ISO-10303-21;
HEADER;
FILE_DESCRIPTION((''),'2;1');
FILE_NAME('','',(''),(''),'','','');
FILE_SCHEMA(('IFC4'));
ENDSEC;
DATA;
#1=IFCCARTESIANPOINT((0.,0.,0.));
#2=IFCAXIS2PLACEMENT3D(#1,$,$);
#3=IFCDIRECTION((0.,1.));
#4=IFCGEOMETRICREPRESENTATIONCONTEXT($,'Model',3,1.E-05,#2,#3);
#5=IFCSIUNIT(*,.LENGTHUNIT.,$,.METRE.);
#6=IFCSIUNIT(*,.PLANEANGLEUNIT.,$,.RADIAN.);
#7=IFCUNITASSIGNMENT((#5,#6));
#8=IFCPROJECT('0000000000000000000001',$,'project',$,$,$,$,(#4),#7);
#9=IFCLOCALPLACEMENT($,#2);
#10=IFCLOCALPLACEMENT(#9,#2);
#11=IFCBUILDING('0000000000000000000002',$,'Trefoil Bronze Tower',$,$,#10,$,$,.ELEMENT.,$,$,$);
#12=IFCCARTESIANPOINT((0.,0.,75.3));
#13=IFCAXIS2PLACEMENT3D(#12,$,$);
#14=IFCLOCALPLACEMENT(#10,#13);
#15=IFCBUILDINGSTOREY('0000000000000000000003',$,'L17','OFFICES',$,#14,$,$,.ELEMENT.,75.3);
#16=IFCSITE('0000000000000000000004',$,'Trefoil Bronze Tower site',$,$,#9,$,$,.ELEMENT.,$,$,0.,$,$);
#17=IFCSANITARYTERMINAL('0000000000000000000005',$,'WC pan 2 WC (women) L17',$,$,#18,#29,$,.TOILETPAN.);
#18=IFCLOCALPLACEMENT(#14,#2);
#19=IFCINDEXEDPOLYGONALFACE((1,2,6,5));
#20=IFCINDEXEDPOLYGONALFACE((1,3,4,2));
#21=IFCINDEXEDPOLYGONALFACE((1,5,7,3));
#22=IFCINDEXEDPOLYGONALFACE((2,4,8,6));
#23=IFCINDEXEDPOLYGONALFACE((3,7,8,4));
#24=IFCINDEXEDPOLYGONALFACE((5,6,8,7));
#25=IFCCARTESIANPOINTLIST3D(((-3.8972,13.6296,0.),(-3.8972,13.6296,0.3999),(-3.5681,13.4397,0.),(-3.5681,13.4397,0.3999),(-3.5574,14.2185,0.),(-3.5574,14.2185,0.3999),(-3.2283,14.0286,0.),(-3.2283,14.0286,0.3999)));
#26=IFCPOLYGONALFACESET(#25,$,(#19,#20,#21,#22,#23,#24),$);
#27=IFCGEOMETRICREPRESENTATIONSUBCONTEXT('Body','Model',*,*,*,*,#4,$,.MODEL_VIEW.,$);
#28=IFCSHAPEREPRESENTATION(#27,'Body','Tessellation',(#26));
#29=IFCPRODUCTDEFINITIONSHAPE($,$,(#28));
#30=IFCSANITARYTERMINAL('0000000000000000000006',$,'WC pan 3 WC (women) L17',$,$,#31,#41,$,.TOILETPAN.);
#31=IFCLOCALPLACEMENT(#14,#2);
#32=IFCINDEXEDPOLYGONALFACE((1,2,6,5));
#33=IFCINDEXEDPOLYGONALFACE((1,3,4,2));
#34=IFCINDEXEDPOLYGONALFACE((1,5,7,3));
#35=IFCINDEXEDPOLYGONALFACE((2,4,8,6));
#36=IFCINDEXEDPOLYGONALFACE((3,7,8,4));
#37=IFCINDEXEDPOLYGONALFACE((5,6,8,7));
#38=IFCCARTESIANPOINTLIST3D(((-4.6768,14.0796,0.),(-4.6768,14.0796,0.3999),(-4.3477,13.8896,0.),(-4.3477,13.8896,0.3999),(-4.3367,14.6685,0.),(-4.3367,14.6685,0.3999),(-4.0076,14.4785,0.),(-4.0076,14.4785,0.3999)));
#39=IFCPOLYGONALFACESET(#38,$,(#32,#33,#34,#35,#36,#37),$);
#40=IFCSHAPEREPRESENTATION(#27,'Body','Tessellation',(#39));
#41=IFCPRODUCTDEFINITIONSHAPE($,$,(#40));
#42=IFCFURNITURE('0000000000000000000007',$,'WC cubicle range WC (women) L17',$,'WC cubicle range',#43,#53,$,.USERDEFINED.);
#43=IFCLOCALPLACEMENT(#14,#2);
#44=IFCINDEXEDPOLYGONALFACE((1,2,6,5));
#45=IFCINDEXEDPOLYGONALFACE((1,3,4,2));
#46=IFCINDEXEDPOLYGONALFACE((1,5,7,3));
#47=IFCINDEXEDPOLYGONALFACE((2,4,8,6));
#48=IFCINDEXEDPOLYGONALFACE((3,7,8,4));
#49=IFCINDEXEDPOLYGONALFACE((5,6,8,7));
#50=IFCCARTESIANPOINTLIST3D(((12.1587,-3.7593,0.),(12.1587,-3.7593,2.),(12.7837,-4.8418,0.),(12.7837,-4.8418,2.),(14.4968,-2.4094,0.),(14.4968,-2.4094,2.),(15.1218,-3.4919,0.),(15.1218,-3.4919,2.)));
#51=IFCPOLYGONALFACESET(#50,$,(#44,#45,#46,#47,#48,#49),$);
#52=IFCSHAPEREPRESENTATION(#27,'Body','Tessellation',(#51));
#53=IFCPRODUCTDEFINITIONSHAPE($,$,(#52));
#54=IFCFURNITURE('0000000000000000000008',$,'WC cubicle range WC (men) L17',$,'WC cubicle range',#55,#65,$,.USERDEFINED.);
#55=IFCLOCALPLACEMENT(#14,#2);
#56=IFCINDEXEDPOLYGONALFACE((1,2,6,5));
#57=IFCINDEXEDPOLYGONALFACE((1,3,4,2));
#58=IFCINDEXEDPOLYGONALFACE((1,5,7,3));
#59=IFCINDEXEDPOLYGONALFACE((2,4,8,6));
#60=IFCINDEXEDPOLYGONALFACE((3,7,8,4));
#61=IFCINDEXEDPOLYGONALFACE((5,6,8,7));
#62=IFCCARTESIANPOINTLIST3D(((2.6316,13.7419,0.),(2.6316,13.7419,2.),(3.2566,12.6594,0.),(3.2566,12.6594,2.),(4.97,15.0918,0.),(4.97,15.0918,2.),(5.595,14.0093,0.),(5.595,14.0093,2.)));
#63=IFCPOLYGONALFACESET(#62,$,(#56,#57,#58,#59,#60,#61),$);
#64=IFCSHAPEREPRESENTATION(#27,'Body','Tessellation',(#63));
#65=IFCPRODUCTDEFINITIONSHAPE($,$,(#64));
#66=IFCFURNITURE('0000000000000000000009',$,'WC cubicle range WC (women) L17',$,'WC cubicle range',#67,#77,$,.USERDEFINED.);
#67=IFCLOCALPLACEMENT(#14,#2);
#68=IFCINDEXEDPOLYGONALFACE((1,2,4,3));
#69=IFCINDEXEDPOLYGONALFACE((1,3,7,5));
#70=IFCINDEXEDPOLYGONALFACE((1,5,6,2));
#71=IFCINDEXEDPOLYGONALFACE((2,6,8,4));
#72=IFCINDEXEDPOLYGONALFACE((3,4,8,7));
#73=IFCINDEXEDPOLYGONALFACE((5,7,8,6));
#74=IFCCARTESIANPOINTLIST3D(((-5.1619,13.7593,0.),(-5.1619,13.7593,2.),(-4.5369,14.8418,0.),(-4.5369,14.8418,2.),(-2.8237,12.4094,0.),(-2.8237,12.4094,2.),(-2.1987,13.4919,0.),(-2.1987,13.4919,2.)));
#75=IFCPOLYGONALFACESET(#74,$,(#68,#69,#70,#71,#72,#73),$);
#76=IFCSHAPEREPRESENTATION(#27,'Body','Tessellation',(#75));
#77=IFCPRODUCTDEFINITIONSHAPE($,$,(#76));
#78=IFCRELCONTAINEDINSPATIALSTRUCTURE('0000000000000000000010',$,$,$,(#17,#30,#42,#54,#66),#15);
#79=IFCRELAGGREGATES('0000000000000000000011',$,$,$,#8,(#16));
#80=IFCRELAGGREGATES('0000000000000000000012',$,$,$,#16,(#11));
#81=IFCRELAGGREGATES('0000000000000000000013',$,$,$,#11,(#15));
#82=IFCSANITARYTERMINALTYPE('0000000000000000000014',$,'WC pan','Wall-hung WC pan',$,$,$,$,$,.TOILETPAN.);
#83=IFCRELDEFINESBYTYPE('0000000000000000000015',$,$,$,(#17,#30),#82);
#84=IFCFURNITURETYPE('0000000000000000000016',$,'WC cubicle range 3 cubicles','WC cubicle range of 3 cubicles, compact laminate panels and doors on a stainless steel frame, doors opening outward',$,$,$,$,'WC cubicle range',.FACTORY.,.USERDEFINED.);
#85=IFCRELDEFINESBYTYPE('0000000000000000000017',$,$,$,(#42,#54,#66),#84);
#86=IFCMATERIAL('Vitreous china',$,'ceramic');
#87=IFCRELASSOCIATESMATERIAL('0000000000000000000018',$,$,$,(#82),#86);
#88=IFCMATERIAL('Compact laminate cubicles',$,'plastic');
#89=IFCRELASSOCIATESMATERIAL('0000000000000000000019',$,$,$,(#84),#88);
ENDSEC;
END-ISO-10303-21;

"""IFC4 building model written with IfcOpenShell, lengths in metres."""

from ifc_helpers import new_model, si_unit, direction, frame, origin, place, context, subcontext, project, spatial, polyline, outline, extrude, material, type_object, element, save


model = new_model("IFC4")

# Units and contexts
model_context = context("Model", 3, precision=1e-05, world=origin(), true_north=direction((0.0, 1.0)))
body_context = subcontext(model_context, "Body", "Model", "MODEL_VIEW")
ifc_project = project(units=[si_unit("LENGTHUNIT", "METRE"), si_unit("PLANEANGLEUNIT", "RADIAN")], contexts=[model_context])

# Site, building, storey
site_placement = place(None, origin())
site = spatial("IfcSite", under=ifc_project, at=site_placement, Name="Trefoil Bronze Tower site", CompositionType="ELEMENT", RefElevation=0.0)
building_placement = place(site_placement, origin())
building = spatial("IfcBuilding", under=site, at=building_placement, Name="Trefoil Bronze Tower", CompositionType="ELEMENT")
storey_placement = place(building_placement, frame((0.0, 0.0, 75.3)))
storey = spatial("IfcBuildingStorey", under=building, at=storey_placement, Name="L17", Description="OFFICES", CompositionType="ELEMENT", Elevation=75.3)

# Sanitary terminals
ifc_material_1 = material(Name="Vitreous china", Category="ceramic")
sanitary_terminal_type_1 = type_object("IfcSanitaryTerminalType", Name="WC pan", Description="Wall-hung WC pan", PredefinedType="TOILETPAN", material=ifc_material_1)
sanitary_terminal_1_placement = place(storey_placement, origin())
element("IfcSanitaryTerminal", 1, at=sanitary_terminal_1_placement, inside=storey, type_object=sanitary_terminal_type_1, Name="WC pan 2 WC (women) L17", PredefinedType="TOILETPAN", context=body_context, shape_type="SweptSolid", body=[
    extrude(outline(polyline([(-3.5681, 13.4397), (-3.2283, 14.0286), (-3.5574, 14.2185), (-3.8972, 13.6296), (-3.5681, 13.4397)])), origin(), (0.0, 0.0, 1.0), 0.3999),
])
sanitary_terminal_2_placement = place(storey_placement, origin())
element("IfcSanitaryTerminal", 2, at=sanitary_terminal_2_placement, inside=storey, type_object=sanitary_terminal_type_1, Name="WC pan 3 WC (women) L17", PredefinedType="TOILETPAN", context=body_context, shape_type="SweptSolid", body=[
    extrude(outline(polyline([(-4.3477, 13.8896), (-4.0076, 14.4785), (-4.3367, 14.6685), (-4.6768, 14.0796), (-4.3477, 13.8896)])), origin(), (0.0, 0.0, 1.0), 0.3999),
])

# Furniture
ifc_material_2 = material(Name="Compact laminate cubicles", Category="plastic")
furniture_type = type_object("IfcFurnitureType", Name="WC cubicle range 3 cubicles", Description="WC cubicle range of 3 cubicles, compact laminate panels and doors on a stainless steel frame, doors opening outward", ElementType="WC cubicle range", AssemblyPlace="FACTORY", PredefinedType="USERDEFINED", material=ifc_material_2)
furniture_1_placement = place(storey_placement, origin())
element("IfcFurniture", 3, at=furniture_1_placement, inside=storey, type_object=furniture_type, Name="WC cubicle range WC (women) L17", ObjectType="WC cubicle range", PredefinedType="USERDEFINED", context=body_context, shape_type="SweptSolid", body=[
    extrude(outline(polyline([(12.1587, -3.7593), (12.7837, -4.8418), (15.1218, -3.4919), (14.4968, -2.4094), (12.1587, -3.7593)])), origin(), (0.0, 0.0, 1.0), 2.0),
])
furniture_2_placement = place(storey_placement, origin())
element("IfcFurniture", 4, at=furniture_2_placement, inside=storey, type_object=furniture_type, Name="WC cubicle range WC (men) L17", ObjectType="WC cubicle range", PredefinedType="USERDEFINED", context=body_context, shape_type="SweptSolid", body=[
    extrude(outline(polyline([(3.2566, 12.6594), (2.6316, 13.7419), (4.97, 15.0918), (5.595, 14.0093), (3.2566, 12.6594)])), origin(), (0.0, 0.0, 1.0), 2.0),
])
furniture_3_placement = place(storey_placement, origin())
element("IfcFurniture", 5, at=furniture_3_placement, inside=storey, type_object=furniture_type, Name="WC cubicle range WC (women) L17", ObjectType="WC cubicle range", PredefinedType="USERDEFINED", context=body_context, shape_type="SweptSolid", body=[
    extrude(outline(polyline([(-2.8237, 12.4094), (-2.1987, 13.4919), (-4.5369, 14.8418), (-5.1619, 13.7593), (-2.8237, 12.4094)])), origin(), (0.0, 0.0, 1.0), 2.0),
])

save(model, "model.ifc")
